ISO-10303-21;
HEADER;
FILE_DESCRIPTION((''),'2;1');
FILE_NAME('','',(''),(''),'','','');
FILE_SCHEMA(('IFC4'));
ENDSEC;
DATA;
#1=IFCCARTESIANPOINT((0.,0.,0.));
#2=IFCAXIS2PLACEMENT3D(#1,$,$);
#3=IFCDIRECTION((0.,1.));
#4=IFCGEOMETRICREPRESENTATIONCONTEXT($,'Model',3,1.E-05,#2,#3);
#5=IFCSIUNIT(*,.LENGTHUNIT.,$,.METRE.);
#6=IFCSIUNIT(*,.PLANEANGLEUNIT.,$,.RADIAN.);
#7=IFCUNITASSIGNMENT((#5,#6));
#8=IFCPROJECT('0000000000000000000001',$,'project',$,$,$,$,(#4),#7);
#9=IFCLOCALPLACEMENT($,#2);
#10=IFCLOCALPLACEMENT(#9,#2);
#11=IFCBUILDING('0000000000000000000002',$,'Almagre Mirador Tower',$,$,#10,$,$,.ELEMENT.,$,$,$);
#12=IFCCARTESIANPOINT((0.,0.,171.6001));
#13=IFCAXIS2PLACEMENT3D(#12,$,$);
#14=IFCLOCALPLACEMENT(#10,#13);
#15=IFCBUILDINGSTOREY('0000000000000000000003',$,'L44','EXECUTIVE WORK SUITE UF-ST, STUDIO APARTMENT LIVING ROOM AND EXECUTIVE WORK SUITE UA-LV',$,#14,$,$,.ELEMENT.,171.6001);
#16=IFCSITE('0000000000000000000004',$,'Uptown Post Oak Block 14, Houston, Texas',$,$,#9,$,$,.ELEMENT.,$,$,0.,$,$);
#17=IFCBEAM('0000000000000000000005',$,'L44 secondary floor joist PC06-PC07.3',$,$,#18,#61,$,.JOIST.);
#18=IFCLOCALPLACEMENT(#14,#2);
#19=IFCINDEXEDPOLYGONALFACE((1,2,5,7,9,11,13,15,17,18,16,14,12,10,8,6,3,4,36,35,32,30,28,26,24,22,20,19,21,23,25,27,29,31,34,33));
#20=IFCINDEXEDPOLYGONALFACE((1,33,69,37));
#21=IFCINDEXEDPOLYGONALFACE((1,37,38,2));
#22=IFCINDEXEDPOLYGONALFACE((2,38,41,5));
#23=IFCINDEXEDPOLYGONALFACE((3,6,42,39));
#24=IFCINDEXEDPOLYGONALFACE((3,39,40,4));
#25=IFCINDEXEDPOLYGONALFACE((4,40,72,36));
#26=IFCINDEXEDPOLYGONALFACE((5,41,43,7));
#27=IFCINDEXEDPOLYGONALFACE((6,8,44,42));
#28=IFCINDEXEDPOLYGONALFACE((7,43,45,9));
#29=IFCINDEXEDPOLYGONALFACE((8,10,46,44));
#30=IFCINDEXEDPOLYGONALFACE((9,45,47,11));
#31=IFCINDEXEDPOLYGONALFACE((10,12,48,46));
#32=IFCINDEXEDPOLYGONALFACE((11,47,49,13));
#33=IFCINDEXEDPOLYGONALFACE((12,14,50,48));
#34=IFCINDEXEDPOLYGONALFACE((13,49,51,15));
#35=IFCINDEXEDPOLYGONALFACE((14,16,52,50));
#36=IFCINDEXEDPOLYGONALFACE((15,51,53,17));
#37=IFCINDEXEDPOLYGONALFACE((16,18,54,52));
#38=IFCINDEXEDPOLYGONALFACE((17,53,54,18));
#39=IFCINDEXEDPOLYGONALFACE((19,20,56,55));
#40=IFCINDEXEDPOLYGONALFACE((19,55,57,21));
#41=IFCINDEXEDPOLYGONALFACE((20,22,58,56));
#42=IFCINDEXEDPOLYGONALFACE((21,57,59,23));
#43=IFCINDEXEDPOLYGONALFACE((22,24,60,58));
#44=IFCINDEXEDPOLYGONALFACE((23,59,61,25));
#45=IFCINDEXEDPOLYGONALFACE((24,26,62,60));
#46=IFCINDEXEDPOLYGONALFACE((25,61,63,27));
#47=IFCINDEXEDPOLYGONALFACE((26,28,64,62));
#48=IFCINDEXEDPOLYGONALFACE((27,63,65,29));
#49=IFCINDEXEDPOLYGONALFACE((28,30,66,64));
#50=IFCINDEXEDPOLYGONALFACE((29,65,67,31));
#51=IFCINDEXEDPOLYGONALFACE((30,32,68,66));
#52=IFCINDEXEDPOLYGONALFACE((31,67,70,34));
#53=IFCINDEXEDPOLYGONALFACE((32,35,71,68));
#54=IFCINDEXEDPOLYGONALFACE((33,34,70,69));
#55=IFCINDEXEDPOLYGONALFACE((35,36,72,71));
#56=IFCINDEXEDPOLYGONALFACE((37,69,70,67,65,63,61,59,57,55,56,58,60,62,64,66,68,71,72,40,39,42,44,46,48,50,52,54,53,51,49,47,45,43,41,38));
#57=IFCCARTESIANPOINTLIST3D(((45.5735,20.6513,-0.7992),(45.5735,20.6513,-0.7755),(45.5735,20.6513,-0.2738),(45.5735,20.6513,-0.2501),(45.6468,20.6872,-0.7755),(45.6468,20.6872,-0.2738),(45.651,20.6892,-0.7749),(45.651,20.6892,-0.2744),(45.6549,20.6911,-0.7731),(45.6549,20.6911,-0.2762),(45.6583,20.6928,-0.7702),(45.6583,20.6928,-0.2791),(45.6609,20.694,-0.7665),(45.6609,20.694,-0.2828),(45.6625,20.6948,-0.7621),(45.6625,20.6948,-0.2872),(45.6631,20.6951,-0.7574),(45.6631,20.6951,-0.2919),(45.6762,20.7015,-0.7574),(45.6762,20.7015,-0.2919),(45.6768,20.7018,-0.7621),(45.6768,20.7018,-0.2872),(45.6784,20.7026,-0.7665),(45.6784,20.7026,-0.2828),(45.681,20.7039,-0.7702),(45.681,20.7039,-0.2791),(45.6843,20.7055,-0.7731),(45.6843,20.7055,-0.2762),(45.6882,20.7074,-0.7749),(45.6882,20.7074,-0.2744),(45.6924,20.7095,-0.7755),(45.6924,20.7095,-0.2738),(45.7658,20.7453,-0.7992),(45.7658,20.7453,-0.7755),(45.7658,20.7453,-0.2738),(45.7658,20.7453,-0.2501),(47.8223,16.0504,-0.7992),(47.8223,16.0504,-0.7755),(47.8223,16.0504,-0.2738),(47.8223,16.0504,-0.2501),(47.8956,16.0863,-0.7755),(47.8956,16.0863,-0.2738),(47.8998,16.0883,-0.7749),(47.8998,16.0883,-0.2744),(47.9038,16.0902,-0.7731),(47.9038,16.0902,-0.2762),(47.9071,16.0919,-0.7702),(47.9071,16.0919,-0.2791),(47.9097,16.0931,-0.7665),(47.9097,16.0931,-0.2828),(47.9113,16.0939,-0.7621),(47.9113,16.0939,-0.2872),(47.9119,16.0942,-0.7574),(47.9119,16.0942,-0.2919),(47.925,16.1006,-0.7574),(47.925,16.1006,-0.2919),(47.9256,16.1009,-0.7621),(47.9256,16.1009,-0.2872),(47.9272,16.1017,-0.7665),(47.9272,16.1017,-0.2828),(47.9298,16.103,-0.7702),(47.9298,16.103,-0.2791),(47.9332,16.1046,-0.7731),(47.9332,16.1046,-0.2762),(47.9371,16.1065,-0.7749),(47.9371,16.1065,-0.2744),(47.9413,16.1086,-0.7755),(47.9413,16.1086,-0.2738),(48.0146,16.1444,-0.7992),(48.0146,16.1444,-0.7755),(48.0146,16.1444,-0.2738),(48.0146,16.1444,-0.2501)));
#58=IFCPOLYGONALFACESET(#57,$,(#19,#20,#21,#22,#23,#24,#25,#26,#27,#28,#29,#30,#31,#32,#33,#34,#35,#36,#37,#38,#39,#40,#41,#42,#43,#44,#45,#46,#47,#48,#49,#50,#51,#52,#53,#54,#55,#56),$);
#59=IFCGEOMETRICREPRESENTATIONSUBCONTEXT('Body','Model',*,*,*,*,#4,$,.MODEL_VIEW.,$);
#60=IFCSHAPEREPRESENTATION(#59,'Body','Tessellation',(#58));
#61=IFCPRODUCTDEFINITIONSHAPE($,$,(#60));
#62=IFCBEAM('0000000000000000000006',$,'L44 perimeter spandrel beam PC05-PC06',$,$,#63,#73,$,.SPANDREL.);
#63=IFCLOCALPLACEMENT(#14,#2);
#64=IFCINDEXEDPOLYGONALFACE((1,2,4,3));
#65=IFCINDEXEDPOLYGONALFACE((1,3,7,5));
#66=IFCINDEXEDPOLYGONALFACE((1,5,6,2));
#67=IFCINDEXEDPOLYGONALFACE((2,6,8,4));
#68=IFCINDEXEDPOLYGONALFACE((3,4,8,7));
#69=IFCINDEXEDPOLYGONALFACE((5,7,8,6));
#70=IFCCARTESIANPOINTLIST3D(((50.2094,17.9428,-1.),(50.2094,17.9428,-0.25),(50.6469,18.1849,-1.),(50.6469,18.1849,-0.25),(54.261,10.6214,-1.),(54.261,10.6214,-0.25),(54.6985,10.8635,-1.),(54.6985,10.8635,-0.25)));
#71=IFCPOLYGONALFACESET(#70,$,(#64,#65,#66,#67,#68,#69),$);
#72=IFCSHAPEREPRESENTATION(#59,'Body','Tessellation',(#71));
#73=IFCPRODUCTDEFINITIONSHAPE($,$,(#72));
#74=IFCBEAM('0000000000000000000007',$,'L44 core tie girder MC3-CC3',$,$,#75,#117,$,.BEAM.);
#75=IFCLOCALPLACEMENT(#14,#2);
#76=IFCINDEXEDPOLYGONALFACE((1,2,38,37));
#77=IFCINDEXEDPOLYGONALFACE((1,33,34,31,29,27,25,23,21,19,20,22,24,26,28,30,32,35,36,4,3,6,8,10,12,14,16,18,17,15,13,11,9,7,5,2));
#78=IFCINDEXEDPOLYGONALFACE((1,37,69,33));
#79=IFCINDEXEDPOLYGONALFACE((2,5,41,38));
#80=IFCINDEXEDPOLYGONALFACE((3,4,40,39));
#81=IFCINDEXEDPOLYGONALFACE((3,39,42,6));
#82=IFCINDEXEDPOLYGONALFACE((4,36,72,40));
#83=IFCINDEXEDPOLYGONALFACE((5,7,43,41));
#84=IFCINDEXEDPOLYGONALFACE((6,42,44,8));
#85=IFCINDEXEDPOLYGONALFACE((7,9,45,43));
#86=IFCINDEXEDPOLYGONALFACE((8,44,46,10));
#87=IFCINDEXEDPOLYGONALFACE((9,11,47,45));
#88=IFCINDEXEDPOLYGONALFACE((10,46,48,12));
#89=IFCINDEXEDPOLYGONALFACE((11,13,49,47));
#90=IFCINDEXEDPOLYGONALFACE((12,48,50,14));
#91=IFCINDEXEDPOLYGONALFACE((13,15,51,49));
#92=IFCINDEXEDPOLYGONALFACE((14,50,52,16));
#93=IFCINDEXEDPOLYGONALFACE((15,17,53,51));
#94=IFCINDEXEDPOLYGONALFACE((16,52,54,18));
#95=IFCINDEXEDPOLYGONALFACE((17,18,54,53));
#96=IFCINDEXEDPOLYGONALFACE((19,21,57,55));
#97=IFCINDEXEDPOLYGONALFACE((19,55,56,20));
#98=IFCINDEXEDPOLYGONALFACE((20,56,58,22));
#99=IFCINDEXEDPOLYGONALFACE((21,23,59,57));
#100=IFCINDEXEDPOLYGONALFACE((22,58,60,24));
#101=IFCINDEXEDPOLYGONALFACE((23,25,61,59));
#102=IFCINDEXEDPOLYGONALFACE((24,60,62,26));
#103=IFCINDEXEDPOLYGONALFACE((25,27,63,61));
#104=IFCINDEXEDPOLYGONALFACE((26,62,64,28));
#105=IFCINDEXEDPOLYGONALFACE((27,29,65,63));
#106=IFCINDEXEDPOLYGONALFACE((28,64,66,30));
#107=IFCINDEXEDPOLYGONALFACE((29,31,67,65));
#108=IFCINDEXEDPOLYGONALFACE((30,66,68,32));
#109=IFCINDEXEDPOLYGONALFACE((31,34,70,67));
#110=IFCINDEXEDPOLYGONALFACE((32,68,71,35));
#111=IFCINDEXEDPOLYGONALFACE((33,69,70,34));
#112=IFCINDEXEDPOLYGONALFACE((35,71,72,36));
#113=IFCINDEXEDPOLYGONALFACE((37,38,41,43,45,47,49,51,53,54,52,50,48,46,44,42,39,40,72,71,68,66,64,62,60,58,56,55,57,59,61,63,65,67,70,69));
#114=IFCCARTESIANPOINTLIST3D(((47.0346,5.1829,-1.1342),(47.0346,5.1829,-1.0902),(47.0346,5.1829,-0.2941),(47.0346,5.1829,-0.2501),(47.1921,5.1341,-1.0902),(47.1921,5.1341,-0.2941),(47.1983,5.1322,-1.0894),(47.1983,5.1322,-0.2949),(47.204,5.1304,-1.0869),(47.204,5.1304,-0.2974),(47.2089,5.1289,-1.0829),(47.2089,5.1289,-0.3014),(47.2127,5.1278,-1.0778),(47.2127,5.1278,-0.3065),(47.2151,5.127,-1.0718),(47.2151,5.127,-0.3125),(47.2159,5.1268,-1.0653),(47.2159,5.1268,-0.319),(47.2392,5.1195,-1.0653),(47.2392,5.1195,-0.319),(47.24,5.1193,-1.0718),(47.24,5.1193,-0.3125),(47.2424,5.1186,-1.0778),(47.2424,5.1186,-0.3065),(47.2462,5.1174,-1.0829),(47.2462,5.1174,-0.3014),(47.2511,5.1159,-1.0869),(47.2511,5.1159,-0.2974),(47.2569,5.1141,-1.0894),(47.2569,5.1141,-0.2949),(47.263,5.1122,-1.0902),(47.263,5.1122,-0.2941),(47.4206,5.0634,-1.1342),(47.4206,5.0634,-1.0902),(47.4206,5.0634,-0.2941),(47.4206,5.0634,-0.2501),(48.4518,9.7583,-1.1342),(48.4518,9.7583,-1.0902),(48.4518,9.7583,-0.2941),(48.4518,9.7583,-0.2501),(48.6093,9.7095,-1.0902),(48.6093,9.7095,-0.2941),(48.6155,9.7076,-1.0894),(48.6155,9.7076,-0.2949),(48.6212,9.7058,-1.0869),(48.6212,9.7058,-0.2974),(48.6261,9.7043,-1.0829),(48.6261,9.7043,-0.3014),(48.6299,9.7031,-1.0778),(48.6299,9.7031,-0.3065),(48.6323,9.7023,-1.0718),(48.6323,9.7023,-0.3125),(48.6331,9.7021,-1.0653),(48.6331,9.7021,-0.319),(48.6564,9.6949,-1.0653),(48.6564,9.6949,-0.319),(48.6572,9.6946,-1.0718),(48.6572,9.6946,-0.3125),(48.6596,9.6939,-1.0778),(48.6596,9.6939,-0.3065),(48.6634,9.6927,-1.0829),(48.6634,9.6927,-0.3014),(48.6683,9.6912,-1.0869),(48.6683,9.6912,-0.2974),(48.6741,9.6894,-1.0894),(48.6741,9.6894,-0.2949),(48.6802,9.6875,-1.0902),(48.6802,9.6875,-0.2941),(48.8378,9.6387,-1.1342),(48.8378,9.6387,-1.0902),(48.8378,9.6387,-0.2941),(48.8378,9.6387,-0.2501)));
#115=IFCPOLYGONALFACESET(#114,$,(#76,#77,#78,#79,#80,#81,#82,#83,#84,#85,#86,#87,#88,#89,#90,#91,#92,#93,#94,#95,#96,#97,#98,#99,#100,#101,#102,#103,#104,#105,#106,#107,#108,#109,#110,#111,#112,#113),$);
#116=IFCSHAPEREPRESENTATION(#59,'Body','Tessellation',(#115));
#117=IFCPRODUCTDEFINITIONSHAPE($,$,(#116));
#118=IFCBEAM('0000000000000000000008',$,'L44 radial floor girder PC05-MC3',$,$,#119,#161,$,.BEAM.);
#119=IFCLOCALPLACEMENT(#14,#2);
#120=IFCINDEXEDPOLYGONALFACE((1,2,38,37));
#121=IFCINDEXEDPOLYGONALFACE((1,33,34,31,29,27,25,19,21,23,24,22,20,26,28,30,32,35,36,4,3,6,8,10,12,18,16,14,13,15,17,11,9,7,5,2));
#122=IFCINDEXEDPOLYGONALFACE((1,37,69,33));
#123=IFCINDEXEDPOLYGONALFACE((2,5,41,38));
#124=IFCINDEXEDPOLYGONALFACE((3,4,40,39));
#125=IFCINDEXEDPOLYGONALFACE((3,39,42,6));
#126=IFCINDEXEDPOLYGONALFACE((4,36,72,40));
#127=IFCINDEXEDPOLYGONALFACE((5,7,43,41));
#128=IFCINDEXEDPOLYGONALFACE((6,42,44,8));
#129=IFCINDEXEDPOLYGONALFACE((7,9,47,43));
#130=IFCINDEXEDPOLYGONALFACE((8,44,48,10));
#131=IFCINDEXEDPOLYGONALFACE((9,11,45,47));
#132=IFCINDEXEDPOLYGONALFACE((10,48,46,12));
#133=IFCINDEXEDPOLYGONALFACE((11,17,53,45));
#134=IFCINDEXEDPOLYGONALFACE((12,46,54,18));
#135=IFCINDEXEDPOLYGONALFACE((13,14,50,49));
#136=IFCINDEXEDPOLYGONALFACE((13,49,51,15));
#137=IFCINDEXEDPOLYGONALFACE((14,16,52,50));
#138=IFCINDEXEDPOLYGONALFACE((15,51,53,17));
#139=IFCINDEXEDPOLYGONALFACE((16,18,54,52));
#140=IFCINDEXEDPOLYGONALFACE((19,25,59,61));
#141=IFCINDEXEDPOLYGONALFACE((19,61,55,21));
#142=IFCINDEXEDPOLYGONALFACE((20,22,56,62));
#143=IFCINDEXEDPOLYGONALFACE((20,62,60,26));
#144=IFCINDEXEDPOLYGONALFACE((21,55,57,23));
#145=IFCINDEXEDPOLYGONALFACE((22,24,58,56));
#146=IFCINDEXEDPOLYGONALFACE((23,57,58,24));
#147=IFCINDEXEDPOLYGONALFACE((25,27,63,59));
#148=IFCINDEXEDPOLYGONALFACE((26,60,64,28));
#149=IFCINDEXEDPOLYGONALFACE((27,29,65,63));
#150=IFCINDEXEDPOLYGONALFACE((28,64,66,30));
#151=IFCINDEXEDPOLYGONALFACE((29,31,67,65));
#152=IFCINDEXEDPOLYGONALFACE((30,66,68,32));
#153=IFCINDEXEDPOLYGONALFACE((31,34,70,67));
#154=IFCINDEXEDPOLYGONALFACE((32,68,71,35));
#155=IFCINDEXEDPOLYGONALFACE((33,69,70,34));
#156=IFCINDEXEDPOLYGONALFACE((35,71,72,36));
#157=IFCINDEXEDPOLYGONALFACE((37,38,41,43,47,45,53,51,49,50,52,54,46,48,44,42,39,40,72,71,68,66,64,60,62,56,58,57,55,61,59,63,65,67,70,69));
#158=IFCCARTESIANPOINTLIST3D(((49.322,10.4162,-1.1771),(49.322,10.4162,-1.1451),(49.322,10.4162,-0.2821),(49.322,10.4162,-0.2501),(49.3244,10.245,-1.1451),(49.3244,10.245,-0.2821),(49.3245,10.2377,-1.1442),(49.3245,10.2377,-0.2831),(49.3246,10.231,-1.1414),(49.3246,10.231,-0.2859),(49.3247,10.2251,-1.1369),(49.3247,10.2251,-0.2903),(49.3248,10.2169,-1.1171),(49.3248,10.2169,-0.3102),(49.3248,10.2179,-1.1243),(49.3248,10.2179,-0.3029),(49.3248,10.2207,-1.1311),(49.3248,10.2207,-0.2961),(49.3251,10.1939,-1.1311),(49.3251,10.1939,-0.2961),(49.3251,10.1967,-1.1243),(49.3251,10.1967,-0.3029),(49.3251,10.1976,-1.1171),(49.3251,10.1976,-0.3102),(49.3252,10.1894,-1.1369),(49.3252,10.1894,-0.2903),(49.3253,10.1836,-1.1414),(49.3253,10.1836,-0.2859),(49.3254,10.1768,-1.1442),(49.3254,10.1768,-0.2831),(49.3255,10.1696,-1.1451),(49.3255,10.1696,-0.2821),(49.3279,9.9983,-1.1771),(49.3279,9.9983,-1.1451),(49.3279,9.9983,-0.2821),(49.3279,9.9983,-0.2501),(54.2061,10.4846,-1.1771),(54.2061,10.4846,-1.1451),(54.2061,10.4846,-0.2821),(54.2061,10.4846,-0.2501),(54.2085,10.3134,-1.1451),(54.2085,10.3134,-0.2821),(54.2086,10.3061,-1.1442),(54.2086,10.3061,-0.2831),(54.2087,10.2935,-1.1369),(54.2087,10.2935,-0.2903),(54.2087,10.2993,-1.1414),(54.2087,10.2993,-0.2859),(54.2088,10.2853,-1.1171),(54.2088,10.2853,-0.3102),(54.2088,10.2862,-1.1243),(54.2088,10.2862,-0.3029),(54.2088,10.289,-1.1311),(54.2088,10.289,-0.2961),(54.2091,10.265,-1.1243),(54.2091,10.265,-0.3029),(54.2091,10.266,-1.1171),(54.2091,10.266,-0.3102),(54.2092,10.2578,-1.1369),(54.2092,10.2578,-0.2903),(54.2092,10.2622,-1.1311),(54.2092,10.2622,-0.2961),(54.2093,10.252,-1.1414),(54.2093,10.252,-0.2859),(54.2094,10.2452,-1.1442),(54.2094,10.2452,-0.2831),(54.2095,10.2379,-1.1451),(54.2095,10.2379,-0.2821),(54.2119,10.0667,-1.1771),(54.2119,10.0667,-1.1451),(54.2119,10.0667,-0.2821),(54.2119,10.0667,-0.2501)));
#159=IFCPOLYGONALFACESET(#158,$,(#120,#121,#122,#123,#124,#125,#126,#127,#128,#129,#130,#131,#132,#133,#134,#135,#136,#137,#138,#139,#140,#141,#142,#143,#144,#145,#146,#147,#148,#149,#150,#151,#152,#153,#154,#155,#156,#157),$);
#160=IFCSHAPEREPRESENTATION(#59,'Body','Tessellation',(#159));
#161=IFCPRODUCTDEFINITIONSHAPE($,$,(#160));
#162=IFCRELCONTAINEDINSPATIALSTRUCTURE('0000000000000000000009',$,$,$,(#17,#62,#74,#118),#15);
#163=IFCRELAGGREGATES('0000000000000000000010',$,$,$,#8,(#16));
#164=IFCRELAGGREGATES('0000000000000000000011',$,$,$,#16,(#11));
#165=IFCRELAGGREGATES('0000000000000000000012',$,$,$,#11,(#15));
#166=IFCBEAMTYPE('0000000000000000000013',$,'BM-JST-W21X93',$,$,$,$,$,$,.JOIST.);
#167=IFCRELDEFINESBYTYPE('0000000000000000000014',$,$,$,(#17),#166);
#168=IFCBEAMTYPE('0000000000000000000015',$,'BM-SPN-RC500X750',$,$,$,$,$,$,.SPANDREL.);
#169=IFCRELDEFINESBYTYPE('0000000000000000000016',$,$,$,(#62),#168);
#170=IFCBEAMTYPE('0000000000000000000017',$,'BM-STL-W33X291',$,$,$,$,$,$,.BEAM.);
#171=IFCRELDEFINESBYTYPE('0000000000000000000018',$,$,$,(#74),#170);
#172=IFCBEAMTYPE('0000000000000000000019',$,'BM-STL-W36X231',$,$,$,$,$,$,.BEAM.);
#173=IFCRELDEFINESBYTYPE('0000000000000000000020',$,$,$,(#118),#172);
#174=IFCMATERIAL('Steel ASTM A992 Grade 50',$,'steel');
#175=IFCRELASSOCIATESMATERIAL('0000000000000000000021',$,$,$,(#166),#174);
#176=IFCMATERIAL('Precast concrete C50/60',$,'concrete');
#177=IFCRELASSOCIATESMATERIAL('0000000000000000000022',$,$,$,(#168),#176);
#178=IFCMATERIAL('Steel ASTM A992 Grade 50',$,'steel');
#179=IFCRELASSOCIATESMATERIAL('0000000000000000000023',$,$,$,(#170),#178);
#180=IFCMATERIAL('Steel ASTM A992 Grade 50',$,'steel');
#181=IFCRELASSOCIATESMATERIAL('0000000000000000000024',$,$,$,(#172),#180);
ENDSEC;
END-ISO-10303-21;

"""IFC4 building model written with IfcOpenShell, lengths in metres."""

from ifc_helpers import new_model, si_unit, direction, frame, origin, origin_2d, place, context, subcontext, project, spatial, rectangle, i_section, extrude, material, material_profile, profile_set, type_object, element, save


model = new_model("IFC4")

# Units and contexts
model_context = context("Model", 3, precision=1e-05, world=origin(), true_north=direction((0.0, 1.0)))
body_context = subcontext(model_context, "Body", "Model", "MODEL_VIEW")
ifc_project = project(units=[si_unit("LENGTHUNIT", "METRE"), si_unit("PLANEANGLEUNIT", "RADIAN")], contexts=[model_context])

# Site, building, storey
site_placement = place(None, origin())
site = spatial("IfcSite", under=ifc_project, at=site_placement, Name="Uptown Post Oak Block 14, Houston, Texas", CompositionType="ELEMENT", RefElevation=0.0)
building_placement = place(site_placement, origin())
building = spatial("IfcBuilding", under=site, at=building_placement, Name="Almagre Mirador Tower", CompositionType="ELEMENT")
storey_placement = place(building_placement, frame((0.0, 0.0, 171.6001)))
storey = spatial("IfcBuildingStorey", under=building, at=storey_placement, Name="L44", Description="EXECUTIVE WORK SUITE UF-ST, STUDIO APARTMENT LIVING ROOM AND EXECUTIVE WORK SUITE UA-LV", CompositionType="ELEMENT", Elevation=171.6001)

# Beams
ifc_material_1 = material(Name="Steel ASTM A992 Grade 50", Category="steel")
ifc_material_profile_1 = material_profile(ifc_material_1, i_section(OverallWidth=0.2141, OverallDepth=0.5491, WebThickness=0.0146, FlangeThickness=0.0237, FilletRadius=0.0181, at=origin_2d()), Name="W21X93")
ifc_profile_set_1 = profile_set([ifc_material_profile_1], Name="Steel ASTM A992 Grade 50")
beam_type_1 = type_object("IfcBeamType", Name="BM-JST-W21X93", PredefinedType="JOIST", material=ifc_profile_set_1)
beam_1_placement = place(storey_placement, frame((47.9185, 16.0974, -0.5247), z_axis=(-0.439129, 0.898424, 0.0), x_axis=(-0.898424, -0.439129, 0.0)))
element("IfcBeam", 1, at=beam_1_placement, inside=storey, type_object=beam_type_1, Name="L44 secondary floor joist PC06-PC07.3", PredefinedType="JOIST", context=body_context, shape_type="SweptSolid", body=[
    extrude(i_section(OverallWidth=0.2141, OverallDepth=0.5491, WebThickness=0.0146, FlangeThickness=0.0237, FilletRadius=0.0181, at=origin_2d()), origin(), (0.0, 0.0, 1.0), 5.1211),
])
ifc_material_2 = material(Name="Precast concrete C50/60", Category="concrete")
ifc_material_profile_2 = material_profile(ifc_material_2, rectangle(XDim=0.5, YDim=0.75, at=origin_2d()), Name="RC500X750")
ifc_profile_set_2 = profile_set([ifc_material_profile_2], Name="Precast concrete C50/60")
beam_type_2 = type_object("IfcBeamType", Name="BM-SPN-RC500X750", PredefinedType="SPANDREL", material=ifc_profile_set_2)
beam_2_placement = place(storey_placement, frame((54.4797, 10.7424, -0.625), z_axis=(-0.484193, 0.874961, 0.0), x_axis=(-0.874961, -0.484193, 0.0)))
element("IfcBeam", 2, at=beam_2_placement, inside=storey, type_object=beam_type_2, Name="L44 perimeter spandrel beam PC05-PC06", PredefinedType="SPANDREL", context=body_context, shape_type="SweptSolid", body=[
    extrude(rectangle(XDim=0.5, YDim=0.75, at=origin_2d()), origin(), (0.0, 0.0, 1.0), 8.3677),
])
ifc_material_3 = material(Name="Steel ASTM A992 Grade 50", Category="steel")
ifc_material_profile_3 = material_profile(ifc_material_3, i_section(OverallWidth=0.4041, OverallDepth=0.884, WebThickness=0.0244, FlangeThickness=0.0439, FilletRadius=0.0249, at=origin_2d()), Name="W33X291")
ifc_profile_set_3 = profile_set([ifc_material_profile_3], Name="Steel ASTM A992 Grade 50")
beam_type_3 = type_object("IfcBeamType", Name="BM-STL-W33X291", PredefinedType="BEAM", material=ifc_profile_set_3)
beam_3_placement = place(storey_placement, frame((48.6448, 9.6985, -0.6921), z_axis=(-0.29588, -0.955225, 0.0), x_axis=(0.955225, -0.29588, 0.0)))
element("IfcBeam", 3, at=beam_3_placement, inside=storey, type_object=beam_type_3, Name="L44 core tie girder MC3-CC3", PredefinedType="BEAM", context=body_context, shape_type="SweptSolid", body=[
    extrude(i_section(OverallWidth=0.4041, OverallDepth=0.884, WebThickness=0.0244, FlangeThickness=0.0439, FilletRadius=0.0249, at=origin_2d()), origin(), (0.0, 0.0, 1.0), 4.7898),
])
ifc_material_4 = material(Name="Steel ASTM A992 Grade 50", Category="steel")
ifc_material_profile_4 = material_profile(ifc_material_4, i_section(OverallWidth=0.418, OverallDepth=0.927, WebThickness=0.0193, FlangeThickness=0.032, FilletRadius=0.0281, at=origin_2d()), Name="W36X231")
ifc_profile_set_4 = profile_set([ifc_material_profile_4], Name="Steel ASTM A992 Grade 50")
beam_type_4 = type_object("IfcBeamType", Name="BM-STL-W36X231", PredefinedType="BEAM", material=ifc_profile_set_4)
beam_4_placement = place(storey_placement, frame((54.209, 10.2756, -0.7136), z_axis=(-0.999902, -0.013995, 0.0), x_axis=(0.013995, -0.999902, 0.0)))
element("IfcBeam", 4, at=beam_4_placement, inside=storey, type_object=beam_type_4, Name="L44 radial floor girder PC05-MC3", PredefinedType="BEAM", context=body_context, shape_type="SweptSolid", body=[
    extrude(i_section(OverallWidth=0.418, OverallDepth=0.927, WebThickness=0.0193, FlangeThickness=0.032, FilletRadius=0.0281, at=origin_2d()), origin(), (0.0, 0.0, 1.0), 4.8845),
])

save(model, "model.ifc")
